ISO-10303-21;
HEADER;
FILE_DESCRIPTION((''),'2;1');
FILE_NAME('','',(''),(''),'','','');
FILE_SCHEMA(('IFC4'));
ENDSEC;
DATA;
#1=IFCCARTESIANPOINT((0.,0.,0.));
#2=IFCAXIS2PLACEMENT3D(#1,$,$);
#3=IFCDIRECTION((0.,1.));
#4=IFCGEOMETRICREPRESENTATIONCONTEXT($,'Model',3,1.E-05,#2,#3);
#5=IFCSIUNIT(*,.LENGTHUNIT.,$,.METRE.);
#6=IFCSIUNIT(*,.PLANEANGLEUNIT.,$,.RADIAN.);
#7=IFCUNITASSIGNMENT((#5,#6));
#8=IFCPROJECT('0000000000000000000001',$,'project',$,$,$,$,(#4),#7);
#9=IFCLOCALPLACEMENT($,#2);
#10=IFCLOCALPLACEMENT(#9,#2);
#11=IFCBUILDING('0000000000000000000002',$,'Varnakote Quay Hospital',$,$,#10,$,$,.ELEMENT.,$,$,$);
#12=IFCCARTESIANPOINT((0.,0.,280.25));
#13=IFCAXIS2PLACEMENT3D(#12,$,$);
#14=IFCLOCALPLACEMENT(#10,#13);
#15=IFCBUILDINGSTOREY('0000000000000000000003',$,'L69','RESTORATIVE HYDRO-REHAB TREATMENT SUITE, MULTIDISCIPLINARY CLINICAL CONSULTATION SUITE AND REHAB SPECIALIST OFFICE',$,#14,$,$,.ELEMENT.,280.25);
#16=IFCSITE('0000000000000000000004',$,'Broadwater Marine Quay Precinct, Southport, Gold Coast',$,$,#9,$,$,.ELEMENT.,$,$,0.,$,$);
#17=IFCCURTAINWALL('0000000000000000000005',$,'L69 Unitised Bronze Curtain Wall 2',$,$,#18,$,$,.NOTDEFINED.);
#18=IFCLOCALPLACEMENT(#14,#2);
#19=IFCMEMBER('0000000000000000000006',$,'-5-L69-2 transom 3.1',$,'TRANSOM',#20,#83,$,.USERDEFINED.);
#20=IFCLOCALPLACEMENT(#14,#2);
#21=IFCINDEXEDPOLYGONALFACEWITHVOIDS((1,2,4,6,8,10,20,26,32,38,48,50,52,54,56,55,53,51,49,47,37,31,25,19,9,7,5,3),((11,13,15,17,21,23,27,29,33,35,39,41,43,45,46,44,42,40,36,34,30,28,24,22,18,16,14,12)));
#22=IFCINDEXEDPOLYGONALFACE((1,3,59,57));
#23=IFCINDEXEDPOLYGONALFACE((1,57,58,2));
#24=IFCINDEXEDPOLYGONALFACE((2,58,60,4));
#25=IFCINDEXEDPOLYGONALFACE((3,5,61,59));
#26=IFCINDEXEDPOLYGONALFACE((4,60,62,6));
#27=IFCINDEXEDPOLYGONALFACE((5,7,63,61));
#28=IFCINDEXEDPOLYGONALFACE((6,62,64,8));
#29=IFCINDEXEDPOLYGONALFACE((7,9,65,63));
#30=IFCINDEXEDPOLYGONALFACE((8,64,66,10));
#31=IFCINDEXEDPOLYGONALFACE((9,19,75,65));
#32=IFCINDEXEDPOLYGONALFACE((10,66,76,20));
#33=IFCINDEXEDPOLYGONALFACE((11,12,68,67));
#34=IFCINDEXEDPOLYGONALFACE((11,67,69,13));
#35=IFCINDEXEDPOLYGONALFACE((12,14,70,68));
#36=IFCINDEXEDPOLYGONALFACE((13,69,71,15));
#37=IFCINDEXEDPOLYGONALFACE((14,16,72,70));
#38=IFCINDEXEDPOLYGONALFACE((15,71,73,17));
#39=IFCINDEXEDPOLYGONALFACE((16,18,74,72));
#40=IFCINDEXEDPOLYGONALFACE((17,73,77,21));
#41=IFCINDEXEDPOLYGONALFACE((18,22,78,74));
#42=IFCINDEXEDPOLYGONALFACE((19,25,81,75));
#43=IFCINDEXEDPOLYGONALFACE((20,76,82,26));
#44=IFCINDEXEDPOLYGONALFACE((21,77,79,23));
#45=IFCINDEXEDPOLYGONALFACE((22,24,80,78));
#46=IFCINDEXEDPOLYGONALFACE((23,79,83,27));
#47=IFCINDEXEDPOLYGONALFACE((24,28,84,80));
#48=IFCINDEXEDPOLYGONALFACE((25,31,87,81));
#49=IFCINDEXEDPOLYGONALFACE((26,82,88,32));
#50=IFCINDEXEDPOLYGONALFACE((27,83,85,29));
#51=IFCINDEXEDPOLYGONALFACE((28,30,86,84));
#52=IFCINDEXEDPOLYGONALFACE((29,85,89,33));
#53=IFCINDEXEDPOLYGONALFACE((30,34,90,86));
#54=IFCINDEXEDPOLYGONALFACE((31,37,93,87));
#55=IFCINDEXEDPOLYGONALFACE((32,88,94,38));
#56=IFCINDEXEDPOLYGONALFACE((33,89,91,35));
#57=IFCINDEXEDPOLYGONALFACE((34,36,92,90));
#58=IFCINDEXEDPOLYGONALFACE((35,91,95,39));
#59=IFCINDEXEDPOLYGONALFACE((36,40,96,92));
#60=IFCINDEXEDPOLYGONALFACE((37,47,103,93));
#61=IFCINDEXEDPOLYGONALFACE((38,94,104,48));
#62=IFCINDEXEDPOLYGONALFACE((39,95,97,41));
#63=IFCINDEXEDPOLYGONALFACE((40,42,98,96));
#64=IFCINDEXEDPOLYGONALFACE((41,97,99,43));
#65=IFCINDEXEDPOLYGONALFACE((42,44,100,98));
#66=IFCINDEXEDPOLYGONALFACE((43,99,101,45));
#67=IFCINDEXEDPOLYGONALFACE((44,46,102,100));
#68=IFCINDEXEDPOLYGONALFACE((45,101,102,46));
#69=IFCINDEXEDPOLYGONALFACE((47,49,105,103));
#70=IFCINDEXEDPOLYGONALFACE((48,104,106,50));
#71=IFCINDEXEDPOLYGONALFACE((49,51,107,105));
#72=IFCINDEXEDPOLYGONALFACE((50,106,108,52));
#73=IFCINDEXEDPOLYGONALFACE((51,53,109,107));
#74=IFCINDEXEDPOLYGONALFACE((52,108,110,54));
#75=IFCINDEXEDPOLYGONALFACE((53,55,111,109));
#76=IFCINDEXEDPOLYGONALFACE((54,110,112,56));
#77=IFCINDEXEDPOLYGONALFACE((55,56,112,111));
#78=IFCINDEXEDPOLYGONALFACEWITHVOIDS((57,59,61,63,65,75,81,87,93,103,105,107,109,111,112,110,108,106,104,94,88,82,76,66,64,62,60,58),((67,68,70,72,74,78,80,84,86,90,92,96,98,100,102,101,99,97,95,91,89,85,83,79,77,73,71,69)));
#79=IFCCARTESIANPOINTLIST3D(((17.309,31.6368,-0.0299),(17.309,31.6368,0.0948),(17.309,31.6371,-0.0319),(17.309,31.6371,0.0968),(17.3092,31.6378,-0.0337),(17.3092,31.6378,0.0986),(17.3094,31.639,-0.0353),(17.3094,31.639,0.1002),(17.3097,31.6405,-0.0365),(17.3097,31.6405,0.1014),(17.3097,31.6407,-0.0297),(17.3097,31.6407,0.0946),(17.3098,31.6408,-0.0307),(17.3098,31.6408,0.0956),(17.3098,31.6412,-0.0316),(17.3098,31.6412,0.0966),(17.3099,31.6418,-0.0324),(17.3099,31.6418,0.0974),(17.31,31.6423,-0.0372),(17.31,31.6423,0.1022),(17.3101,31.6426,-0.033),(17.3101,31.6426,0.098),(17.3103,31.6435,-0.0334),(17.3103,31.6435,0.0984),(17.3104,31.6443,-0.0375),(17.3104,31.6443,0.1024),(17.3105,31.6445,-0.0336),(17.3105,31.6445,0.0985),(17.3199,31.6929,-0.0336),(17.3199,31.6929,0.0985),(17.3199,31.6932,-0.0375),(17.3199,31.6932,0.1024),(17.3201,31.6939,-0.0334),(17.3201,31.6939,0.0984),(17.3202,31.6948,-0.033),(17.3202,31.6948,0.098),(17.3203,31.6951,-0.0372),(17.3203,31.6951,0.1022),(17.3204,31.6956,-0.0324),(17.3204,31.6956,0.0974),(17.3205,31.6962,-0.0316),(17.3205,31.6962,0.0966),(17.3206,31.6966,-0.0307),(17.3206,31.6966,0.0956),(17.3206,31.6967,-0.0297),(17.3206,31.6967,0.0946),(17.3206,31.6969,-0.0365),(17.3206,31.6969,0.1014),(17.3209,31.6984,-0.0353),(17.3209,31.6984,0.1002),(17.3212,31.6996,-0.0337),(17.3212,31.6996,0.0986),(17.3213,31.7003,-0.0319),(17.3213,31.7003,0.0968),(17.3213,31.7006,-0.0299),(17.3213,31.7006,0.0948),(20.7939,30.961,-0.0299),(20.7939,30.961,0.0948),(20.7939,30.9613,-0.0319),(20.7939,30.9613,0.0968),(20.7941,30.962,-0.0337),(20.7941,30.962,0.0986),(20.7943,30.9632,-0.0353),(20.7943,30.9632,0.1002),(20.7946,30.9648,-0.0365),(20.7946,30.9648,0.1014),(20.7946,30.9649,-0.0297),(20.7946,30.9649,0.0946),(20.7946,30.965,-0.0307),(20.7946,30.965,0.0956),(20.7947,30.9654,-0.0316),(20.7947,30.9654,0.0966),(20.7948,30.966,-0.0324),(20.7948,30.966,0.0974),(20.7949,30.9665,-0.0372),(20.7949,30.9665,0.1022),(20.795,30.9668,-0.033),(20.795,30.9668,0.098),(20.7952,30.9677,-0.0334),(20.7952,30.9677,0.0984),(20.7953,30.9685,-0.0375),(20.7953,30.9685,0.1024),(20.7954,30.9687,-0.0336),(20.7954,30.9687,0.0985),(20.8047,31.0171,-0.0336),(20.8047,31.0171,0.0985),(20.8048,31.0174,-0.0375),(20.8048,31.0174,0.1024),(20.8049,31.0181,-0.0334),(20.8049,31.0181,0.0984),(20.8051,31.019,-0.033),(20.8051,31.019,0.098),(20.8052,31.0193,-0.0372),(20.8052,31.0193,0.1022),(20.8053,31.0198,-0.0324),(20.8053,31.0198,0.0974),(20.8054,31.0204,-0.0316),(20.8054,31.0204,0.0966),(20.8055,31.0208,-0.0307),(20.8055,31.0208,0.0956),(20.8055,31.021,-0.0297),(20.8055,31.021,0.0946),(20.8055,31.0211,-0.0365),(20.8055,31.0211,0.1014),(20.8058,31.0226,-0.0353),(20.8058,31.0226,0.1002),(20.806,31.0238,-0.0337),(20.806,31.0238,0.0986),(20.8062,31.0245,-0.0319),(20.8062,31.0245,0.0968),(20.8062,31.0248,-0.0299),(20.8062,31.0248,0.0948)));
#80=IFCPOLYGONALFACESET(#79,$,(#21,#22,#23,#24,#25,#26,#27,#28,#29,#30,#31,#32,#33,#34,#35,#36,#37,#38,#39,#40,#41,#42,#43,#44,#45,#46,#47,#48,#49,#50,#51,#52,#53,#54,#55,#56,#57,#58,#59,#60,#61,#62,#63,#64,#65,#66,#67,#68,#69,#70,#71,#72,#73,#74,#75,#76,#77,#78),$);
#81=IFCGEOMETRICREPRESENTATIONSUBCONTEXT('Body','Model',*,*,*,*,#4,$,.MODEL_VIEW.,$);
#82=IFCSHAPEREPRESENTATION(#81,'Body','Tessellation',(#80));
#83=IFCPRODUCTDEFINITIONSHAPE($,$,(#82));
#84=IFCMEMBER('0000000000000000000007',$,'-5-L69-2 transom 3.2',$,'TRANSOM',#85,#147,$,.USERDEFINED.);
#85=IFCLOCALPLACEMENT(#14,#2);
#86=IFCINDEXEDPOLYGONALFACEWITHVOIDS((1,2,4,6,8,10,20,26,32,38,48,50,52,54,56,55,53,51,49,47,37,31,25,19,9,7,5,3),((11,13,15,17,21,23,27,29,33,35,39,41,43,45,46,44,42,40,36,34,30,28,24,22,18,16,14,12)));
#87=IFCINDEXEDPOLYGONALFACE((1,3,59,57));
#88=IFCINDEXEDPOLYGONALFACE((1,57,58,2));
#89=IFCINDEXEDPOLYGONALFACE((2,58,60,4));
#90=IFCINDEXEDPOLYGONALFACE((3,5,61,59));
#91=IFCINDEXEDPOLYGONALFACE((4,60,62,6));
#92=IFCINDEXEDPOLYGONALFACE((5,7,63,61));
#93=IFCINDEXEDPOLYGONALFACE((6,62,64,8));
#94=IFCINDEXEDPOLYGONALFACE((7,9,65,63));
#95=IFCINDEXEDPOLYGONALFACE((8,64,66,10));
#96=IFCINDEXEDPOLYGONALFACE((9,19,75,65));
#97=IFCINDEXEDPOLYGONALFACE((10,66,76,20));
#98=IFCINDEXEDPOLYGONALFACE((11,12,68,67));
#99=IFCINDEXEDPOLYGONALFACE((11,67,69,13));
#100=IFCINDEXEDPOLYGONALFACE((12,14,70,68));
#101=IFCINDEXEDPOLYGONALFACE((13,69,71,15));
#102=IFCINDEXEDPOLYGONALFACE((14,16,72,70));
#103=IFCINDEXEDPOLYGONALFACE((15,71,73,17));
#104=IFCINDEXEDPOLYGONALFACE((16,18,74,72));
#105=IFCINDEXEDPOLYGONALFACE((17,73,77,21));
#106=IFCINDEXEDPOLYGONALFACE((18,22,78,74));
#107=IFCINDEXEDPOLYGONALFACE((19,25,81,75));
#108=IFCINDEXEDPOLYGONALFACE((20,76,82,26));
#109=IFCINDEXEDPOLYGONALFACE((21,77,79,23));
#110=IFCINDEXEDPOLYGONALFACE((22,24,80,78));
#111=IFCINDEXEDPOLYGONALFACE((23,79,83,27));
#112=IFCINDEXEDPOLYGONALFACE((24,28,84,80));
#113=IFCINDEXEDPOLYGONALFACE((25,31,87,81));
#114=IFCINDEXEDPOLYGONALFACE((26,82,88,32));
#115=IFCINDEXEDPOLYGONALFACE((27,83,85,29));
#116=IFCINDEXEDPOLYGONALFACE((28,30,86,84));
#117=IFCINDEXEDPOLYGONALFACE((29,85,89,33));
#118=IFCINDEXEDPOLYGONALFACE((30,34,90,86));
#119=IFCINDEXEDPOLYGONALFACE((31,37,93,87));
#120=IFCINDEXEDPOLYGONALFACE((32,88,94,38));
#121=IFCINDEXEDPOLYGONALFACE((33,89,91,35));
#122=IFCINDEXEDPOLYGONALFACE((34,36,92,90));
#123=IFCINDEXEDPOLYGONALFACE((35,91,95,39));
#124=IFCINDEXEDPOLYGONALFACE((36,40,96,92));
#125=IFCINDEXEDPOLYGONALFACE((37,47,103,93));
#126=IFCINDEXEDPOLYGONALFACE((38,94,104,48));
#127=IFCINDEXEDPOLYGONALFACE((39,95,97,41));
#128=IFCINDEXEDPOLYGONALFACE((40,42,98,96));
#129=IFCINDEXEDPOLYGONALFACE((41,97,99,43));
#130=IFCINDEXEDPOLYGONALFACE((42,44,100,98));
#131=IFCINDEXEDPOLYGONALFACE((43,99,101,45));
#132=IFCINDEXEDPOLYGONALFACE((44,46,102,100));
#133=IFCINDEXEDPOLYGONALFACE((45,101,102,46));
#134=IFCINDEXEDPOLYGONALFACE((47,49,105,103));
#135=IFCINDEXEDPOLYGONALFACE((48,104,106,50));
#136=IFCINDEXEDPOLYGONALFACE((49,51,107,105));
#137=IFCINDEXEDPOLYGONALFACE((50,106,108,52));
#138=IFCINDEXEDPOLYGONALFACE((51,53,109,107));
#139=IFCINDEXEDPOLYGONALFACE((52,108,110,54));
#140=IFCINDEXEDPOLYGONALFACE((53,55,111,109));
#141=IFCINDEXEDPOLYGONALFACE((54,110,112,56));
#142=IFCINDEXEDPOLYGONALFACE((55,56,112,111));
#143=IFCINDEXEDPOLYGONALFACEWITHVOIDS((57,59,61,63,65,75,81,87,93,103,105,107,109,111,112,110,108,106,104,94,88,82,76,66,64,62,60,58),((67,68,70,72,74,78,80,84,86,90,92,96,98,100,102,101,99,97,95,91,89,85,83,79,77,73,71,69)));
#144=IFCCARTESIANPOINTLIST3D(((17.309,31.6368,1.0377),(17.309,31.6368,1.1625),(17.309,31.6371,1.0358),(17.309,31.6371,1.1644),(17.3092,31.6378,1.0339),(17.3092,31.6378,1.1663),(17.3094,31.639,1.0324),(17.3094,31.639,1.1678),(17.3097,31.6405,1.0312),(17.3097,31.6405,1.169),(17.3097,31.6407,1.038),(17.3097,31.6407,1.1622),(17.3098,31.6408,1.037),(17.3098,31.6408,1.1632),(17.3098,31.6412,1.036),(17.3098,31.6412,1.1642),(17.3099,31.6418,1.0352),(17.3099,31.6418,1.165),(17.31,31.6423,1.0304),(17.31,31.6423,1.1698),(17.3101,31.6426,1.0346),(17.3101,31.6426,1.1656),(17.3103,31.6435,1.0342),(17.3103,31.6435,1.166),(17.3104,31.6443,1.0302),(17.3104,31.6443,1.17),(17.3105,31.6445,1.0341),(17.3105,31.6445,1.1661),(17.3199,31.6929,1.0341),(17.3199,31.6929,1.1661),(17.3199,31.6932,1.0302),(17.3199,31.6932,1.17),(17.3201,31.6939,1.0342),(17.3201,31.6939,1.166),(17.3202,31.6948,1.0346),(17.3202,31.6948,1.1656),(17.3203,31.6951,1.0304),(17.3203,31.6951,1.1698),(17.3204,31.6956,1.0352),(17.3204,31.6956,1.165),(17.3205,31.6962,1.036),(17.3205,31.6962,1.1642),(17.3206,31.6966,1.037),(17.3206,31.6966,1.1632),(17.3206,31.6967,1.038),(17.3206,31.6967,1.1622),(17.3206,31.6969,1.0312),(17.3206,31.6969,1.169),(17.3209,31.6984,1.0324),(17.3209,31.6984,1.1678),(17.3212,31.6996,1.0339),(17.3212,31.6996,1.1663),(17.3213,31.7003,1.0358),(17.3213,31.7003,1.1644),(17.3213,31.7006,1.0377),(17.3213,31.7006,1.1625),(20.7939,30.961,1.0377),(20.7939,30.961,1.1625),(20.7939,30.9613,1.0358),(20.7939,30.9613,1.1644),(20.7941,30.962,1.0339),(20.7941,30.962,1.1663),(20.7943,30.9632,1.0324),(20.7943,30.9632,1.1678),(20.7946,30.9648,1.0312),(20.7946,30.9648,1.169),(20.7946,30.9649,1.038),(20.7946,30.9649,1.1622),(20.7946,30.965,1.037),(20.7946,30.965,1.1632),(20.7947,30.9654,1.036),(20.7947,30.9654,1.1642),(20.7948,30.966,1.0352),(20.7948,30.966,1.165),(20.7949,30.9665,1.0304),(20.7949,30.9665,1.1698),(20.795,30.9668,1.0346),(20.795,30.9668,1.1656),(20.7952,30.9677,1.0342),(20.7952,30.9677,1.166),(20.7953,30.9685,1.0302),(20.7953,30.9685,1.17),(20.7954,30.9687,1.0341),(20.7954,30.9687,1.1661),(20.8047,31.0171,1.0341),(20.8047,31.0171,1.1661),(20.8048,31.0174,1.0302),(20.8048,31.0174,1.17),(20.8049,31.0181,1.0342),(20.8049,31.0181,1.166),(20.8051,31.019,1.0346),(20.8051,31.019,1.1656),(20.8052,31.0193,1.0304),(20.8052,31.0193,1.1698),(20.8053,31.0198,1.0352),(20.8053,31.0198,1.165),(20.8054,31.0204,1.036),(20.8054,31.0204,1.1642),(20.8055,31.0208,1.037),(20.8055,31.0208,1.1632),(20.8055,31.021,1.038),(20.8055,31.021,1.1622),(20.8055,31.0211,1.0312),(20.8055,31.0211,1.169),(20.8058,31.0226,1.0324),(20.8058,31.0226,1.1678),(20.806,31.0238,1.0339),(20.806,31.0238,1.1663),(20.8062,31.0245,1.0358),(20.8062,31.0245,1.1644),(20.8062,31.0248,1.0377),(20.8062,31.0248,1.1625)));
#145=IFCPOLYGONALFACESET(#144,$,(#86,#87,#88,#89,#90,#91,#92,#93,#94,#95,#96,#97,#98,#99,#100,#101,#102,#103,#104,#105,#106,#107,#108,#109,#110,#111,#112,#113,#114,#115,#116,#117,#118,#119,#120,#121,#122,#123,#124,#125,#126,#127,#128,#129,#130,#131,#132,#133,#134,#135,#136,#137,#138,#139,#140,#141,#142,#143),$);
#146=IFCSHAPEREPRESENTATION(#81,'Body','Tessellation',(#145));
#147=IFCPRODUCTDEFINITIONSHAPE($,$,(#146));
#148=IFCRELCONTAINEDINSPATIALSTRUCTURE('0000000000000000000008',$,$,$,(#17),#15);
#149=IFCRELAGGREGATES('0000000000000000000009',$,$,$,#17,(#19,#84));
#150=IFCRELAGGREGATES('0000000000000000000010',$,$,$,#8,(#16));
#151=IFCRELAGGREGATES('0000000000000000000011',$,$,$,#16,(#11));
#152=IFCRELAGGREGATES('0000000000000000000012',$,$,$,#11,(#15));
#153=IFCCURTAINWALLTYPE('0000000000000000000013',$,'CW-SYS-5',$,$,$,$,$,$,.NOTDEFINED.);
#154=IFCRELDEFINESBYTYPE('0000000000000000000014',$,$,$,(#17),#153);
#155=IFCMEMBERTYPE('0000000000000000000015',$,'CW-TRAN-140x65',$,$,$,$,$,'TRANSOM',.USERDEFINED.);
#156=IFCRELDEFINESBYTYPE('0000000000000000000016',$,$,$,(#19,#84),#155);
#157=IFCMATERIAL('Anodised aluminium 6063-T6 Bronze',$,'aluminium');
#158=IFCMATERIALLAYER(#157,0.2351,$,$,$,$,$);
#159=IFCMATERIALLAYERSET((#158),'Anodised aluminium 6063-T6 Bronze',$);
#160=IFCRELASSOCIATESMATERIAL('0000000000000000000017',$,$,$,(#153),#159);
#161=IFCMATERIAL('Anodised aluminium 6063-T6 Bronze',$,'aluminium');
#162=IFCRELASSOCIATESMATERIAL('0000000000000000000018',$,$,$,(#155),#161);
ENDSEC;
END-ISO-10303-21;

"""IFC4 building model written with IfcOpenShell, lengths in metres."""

from ifc_helpers import new_model, si_unit, direction, frame, origin, origin_2d, place, context, subcontext, project, spatial, hollow_rectangle, extrude, material, layer, layer_set, material_profile, profile_set, type_object, element, aggregate, save


model = new_model("IFC4")

# Units and contexts
model_context = context("Model", 3, precision=1e-05, world=origin(), true_north=direction((0.0, 1.0)))
body_context = subcontext(model_context, "Body", "Model", "MODEL_VIEW")
ifc_project = project(units=[si_unit("LENGTHUNIT", "METRE"), si_unit("PLANEANGLEUNIT", "RADIAN")], contexts=[model_context])

# Site, building, storey
site_placement = place(None, origin())
site = spatial("IfcSite", under=ifc_project, at=site_placement, Name="Broadwater Marine Quay Precinct, Southport, Gold Coast", CompositionType="ELEMENT", RefElevation=0.0)
building_placement = place(site_placement, origin())
building = spatial("IfcBuilding", under=site, at=building_placement, Name="Varnakote Quay Hospital", CompositionType="ELEMENT")
storey_placement = place(building_placement, frame((0.0, 0.0, 280.25)))
storey = spatial("IfcBuildingStorey", under=building, at=storey_placement, Name="L69", Description="RESTORATIVE HYDRO-REHAB TREATMENT SUITE, MULTIDISCIPLINARY CLINICAL CONSULTATION SUITE AND REHAB SPECIALIST OFFICE", CompositionType="ELEMENT", Elevation=280.25)

# Shared definitions
ifc_material_1 = material(Name="Anodised aluminium 6063-T6 Bronze", Category="aluminium")
ifc_layer_1 = layer(ifc_material_1, 0.2351)
ifc_layer_set_1 = layer_set([ifc_layer_1], Name="Anodised aluminium 6063-T6 Bronze")
curtain_wall_type = type_object("IfcCurtainWallType", Name="CW-SYS-5", PredefinedType="NOTDEFINED", material=ifc_layer_set_1)

# Curtain wall, members
curtain_wall_1_placement = place(storey_placement, origin())
curtain_wall_1 = element("IfcCurtainWall", 1, at=curtain_wall_1_placement, inside=storey, type_object=curtain_wall_type, Name="L69 Unitised Bronze Curtain Wall 2", PredefinedType="NOTDEFINED")
ifc_material_2 = material(Name="Anodised aluminium 6063-T6 Bronze", Category="aluminium")
ifc_material_profile_1 = material_profile(ifc_material_2, hollow_rectangle(XDim=0.0649, YDim=0.1399, WallThickness=0.0039, InnerFilletRadius=0.0039, OuterFilletRadius=0.0076, at=origin_2d()), Name="CW-TRAN-140x65")
ifc_profile_set_1 = profile_set([ifc_material_profile_1], Name="Anodised aluminium 6063-T6 Bronze")
member_type_1 = type_object("IfcMemberType", Name="CW-TRAN-140x65", ElementType="TRANSOM", PredefinedType="USERDEFINED", material=ifc_profile_set_1)
member_1_placement = place(storey_placement, frame((20.8, 30.9929, 0.0325), z_axis=(-0.981712, 0.190373, 0.0), x_axis=(-0.190373, -0.981712, 0.0)))
member_1 = element("IfcMember", 2, at=member_1_placement, type_object=member_type_1, Name="-5-L69-2 transom 3.1", ObjectType="TRANSOM", PredefinedType="USERDEFINED", context=body_context, shape_type="SweptSolid", body=[
    extrude(hollow_rectangle(XDim=0.0649, YDim=0.1399, WallThickness=0.0039, InnerFilletRadius=0.0039, OuterFilletRadius=0.0076, at=origin_2d()), origin(), (0.0, 0.0, 1.0), 3.5498),
])
member_2_placement = place(storey_placement, frame((20.8, 30.9929, 1.1001), z_axis=(-0.981712, 0.190373, 0.0), x_axis=(-0.190373, -0.981712, 0.0)))
member_2 = element("IfcMember", 3, at=member_2_placement, type_object=member_type_1, Name="-5-L69-2 transom 3.2", ObjectType="TRANSOM", PredefinedType="USERDEFINED", context=body_context, shape_type="SweptSolid", body=[
    extrude(hollow_rectangle(XDim=0.0649, YDim=0.1399, WallThickness=0.0039, InnerFilletRadius=0.0039, OuterFilletRadius=0.0076, at=origin_2d()), origin(), (0.0, 0.0, 1.0), 3.5498),
])

aggregate(curtain_wall_1, [member_1, member_2])

save(model, "model.ifc")
